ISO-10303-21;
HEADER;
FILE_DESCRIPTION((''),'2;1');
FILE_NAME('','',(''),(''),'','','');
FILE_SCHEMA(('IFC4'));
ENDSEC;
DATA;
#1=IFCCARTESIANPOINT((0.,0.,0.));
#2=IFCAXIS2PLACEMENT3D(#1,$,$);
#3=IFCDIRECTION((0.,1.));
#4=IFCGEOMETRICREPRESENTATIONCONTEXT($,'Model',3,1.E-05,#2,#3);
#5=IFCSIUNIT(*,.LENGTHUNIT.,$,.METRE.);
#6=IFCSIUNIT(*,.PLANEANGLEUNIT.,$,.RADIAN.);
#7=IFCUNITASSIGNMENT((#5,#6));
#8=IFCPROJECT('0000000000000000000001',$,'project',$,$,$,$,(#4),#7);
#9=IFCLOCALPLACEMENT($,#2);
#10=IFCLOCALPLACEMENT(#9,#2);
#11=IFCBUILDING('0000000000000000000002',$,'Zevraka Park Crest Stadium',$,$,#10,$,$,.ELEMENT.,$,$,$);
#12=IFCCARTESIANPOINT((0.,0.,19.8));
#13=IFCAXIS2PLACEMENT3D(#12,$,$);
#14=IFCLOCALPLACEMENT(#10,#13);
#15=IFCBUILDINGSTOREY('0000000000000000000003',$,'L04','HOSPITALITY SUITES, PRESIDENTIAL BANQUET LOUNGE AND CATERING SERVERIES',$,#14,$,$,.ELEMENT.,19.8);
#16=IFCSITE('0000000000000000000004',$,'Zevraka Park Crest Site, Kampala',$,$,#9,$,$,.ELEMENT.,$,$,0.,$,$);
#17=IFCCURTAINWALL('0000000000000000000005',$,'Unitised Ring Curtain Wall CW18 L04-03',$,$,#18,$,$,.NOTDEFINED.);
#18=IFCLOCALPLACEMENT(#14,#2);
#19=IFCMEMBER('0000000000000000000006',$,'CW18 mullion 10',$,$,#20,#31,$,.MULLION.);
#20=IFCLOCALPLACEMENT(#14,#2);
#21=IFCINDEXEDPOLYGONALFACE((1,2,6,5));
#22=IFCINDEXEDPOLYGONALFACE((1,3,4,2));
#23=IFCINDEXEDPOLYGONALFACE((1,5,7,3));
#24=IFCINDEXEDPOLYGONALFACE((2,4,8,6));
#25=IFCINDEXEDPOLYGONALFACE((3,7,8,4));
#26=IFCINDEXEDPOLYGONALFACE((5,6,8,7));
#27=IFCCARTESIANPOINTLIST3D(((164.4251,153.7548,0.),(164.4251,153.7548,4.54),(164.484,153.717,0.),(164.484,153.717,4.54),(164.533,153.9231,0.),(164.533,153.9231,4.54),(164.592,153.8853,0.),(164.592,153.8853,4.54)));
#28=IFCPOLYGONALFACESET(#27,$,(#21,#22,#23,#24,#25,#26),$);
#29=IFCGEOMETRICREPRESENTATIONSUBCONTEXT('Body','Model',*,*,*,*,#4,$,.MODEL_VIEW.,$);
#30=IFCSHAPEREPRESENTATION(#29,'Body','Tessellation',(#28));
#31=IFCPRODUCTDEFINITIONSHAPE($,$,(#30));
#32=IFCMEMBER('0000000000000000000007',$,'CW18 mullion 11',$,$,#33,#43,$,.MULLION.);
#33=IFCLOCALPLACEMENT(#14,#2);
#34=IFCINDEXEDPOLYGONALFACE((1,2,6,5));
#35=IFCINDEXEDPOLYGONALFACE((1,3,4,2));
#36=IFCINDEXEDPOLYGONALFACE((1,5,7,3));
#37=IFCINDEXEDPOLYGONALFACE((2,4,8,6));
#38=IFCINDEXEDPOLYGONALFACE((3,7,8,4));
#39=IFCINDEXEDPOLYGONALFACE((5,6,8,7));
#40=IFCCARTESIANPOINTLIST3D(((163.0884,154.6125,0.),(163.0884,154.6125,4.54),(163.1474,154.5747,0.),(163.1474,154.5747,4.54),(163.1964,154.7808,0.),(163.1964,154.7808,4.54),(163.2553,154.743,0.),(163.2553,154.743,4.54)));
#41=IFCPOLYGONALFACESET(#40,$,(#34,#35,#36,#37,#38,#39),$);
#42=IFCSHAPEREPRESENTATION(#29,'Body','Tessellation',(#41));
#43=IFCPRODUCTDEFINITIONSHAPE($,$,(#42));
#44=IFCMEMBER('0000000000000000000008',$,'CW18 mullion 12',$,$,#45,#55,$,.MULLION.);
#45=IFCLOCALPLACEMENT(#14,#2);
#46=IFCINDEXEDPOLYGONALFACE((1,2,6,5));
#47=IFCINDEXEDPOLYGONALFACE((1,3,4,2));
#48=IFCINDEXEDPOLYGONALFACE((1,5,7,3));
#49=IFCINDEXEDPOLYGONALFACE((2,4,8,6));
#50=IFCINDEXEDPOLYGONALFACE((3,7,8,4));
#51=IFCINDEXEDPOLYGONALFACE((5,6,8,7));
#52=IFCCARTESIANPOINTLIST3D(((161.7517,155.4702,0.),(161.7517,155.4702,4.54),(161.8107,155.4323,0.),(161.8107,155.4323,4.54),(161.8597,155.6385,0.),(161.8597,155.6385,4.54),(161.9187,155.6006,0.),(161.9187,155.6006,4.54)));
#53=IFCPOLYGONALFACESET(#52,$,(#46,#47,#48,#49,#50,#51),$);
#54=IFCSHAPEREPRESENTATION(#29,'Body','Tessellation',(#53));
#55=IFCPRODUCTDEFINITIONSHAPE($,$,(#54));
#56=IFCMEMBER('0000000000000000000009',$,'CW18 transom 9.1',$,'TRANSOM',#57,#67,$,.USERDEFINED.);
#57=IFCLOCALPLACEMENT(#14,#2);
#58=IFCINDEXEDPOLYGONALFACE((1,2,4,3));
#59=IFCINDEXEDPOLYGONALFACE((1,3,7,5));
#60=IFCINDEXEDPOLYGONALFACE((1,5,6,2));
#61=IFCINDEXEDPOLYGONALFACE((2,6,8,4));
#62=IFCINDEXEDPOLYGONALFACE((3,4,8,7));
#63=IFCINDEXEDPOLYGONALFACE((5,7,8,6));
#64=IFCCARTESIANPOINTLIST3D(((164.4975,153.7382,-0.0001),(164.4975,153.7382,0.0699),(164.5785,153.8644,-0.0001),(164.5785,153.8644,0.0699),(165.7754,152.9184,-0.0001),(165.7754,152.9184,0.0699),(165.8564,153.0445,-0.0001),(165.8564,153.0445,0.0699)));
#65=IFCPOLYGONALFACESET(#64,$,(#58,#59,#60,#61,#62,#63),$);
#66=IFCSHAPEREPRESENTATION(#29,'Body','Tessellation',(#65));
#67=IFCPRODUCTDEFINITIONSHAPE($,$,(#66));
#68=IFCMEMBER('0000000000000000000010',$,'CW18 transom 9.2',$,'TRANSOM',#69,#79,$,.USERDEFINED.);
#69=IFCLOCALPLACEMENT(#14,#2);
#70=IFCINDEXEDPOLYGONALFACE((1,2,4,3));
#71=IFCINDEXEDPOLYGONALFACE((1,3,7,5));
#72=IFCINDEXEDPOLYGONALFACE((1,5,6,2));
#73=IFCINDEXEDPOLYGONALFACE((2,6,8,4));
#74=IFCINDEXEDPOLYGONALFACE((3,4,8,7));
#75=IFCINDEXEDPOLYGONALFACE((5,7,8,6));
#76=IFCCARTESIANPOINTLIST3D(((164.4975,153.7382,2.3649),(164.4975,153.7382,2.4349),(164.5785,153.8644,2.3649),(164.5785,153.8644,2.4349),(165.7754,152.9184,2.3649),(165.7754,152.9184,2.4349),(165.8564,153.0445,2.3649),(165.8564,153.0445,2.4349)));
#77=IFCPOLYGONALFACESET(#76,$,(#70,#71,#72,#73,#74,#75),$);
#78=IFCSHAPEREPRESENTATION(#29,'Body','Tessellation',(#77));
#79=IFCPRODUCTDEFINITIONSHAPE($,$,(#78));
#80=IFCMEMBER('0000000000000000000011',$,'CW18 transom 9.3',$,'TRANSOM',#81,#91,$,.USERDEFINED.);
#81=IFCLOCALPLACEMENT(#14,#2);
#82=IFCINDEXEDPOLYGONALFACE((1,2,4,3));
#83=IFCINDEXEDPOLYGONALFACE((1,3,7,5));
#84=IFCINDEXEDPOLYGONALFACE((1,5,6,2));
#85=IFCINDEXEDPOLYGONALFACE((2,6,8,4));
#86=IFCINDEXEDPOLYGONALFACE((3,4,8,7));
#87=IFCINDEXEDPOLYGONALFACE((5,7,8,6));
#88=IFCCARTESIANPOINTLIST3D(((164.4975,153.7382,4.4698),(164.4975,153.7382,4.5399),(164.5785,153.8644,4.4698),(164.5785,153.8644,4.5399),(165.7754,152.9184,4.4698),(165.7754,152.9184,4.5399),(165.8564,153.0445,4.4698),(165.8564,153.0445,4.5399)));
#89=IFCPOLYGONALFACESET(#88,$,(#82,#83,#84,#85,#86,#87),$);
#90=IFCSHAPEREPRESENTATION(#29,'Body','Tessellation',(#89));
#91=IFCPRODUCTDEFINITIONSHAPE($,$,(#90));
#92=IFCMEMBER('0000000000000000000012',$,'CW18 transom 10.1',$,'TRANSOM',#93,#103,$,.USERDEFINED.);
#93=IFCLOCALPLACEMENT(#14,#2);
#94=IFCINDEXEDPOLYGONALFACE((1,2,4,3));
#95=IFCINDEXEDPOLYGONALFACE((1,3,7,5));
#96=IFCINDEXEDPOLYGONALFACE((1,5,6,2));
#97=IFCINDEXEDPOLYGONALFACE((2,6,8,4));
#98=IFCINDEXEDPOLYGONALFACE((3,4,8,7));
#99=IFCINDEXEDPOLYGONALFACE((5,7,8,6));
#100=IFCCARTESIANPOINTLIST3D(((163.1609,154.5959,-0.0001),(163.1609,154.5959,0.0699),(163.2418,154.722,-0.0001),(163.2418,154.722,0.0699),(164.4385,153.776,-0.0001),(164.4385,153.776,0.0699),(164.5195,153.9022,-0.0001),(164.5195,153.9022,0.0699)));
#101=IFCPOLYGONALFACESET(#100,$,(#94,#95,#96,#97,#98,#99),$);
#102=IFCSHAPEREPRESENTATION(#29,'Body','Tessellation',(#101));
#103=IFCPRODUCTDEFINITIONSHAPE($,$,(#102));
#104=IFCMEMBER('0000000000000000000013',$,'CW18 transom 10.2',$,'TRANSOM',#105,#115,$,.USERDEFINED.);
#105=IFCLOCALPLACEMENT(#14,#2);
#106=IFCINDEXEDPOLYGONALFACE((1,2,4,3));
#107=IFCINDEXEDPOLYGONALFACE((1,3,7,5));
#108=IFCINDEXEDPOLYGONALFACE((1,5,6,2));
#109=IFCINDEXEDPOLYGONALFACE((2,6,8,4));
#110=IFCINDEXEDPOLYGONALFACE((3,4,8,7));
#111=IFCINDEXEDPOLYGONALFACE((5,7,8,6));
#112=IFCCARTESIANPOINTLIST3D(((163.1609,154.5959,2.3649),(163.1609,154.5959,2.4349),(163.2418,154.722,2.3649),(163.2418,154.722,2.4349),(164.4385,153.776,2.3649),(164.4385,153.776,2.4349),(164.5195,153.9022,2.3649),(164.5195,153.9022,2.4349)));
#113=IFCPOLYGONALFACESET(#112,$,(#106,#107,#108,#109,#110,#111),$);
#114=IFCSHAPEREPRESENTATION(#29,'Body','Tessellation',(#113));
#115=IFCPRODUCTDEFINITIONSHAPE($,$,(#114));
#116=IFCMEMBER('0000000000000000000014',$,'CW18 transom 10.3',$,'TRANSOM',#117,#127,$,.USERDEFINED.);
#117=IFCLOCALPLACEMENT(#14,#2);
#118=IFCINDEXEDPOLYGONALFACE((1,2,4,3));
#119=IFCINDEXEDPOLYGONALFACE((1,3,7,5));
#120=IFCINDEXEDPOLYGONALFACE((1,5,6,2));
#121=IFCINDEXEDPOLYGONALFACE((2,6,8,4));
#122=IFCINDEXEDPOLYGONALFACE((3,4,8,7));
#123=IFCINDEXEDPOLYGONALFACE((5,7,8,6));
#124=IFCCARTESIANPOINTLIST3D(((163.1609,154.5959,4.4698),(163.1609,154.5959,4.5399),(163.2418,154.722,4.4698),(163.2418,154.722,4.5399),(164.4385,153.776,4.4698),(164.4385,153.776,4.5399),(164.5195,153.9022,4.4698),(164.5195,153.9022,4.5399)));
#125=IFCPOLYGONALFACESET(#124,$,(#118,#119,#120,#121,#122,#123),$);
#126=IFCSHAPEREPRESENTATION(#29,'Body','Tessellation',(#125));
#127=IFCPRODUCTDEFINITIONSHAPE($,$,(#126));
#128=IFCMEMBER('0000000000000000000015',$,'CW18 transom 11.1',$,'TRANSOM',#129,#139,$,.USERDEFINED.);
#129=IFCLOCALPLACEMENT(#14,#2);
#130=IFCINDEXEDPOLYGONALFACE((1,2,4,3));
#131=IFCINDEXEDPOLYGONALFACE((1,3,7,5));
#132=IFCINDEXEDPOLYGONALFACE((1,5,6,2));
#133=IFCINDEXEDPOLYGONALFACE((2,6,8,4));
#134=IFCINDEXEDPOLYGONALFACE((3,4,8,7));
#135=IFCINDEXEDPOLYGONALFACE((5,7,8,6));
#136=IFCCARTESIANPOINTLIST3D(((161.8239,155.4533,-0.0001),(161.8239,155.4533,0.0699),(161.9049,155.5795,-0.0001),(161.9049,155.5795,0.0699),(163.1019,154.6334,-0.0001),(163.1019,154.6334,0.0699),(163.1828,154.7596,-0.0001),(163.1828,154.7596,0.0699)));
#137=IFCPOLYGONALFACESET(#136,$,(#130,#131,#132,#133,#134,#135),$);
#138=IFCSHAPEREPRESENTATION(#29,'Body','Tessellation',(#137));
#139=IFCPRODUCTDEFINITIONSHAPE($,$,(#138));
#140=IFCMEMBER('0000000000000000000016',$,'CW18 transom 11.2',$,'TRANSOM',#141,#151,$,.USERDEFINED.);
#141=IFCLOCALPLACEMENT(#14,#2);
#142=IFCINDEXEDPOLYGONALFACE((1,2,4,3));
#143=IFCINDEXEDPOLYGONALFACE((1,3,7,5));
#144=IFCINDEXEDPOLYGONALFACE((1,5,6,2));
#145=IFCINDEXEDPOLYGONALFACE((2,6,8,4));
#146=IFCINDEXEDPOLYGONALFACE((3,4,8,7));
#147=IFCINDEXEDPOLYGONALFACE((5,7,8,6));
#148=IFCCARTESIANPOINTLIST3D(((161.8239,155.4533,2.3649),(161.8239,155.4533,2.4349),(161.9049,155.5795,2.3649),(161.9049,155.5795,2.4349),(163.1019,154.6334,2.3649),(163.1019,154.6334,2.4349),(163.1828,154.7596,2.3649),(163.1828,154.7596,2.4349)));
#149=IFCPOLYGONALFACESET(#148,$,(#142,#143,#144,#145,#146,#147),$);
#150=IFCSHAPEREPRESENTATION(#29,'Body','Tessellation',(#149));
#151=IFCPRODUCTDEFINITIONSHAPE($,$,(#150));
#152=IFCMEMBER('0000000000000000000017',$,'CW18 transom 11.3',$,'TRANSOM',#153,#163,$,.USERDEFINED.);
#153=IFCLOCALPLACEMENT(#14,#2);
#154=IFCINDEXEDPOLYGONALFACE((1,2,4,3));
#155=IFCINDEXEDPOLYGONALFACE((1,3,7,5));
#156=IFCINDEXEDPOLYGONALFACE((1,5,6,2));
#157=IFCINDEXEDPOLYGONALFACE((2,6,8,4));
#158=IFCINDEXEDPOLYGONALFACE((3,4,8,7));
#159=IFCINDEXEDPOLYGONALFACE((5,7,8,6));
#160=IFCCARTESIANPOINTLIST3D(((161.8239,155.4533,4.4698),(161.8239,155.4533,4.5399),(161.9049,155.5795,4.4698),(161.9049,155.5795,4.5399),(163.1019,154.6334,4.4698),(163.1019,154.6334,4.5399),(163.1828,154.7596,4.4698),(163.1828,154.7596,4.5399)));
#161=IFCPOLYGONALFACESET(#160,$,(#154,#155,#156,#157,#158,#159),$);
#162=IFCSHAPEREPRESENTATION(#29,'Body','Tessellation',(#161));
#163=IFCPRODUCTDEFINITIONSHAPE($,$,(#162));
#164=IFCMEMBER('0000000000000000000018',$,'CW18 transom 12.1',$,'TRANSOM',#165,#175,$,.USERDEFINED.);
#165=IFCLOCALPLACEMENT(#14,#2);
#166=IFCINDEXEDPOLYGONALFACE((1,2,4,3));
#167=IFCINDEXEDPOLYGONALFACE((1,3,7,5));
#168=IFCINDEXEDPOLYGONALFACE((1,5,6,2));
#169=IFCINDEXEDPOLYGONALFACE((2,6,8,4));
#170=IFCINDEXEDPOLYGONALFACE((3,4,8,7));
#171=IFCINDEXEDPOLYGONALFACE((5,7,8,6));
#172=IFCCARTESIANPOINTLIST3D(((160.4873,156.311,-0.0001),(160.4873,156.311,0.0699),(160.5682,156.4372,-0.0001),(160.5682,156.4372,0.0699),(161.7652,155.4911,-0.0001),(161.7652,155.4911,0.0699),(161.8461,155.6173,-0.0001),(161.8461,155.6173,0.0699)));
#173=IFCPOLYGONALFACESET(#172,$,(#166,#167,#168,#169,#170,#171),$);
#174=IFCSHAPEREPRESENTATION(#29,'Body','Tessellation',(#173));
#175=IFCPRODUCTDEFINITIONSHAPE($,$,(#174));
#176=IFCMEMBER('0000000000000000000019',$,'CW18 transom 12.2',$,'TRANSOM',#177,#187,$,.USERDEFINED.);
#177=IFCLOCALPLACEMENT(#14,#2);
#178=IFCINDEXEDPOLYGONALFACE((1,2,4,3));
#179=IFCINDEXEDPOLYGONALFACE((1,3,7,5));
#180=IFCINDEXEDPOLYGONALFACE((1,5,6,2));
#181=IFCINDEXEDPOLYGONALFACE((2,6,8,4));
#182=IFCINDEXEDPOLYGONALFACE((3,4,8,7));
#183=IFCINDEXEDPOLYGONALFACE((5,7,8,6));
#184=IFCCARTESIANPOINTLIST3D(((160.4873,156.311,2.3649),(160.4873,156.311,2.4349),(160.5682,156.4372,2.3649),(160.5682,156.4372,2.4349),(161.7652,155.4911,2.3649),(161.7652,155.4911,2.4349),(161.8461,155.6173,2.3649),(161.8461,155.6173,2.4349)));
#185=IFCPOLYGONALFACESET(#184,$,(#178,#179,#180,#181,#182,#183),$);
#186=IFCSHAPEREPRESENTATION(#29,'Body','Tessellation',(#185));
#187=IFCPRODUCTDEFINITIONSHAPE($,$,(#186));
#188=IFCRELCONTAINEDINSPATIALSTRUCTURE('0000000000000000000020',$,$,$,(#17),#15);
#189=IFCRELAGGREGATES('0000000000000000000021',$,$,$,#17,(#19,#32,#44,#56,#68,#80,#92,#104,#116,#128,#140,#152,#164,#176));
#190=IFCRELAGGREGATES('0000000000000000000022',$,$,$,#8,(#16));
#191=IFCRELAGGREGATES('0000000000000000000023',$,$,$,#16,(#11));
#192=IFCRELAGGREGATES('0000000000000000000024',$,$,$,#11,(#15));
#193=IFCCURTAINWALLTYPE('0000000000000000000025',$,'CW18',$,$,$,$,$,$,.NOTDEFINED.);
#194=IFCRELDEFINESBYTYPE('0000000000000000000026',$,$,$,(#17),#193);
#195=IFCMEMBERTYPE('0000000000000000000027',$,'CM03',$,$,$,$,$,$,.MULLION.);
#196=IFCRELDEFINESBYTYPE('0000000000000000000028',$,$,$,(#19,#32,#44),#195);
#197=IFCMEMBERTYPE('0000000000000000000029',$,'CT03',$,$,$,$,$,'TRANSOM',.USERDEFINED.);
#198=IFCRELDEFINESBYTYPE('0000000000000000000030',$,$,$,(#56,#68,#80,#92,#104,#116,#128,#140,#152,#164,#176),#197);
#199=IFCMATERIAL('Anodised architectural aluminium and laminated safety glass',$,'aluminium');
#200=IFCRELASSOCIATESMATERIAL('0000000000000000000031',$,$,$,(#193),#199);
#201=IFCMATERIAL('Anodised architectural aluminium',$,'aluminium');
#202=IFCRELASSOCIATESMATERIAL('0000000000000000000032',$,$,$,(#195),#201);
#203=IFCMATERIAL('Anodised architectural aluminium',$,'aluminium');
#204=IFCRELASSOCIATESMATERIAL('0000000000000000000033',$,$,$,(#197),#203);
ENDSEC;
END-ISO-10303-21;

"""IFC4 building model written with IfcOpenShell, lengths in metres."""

from ifc_helpers import new_model, si_unit, direction, frame, origin, origin_2d, place, context, subcontext, project, spatial, rectangle, extrude, material, material_profile, profile_set, type_object, element, aggregate, save


model = new_model("IFC4")

# Units and contexts
model_context = context("Model", 3, precision=1e-05, world=origin(), true_north=direction((0.0, 1.0)))
body_context = subcontext(model_context, "Body", "Model", "MODEL_VIEW")
ifc_project = project(units=[si_unit("LENGTHUNIT", "METRE"), si_unit("PLANEANGLEUNIT", "RADIAN")], contexts=[model_context])

# Site, building, storey
site_placement = place(None, origin())
site = spatial("IfcSite", under=ifc_project, at=site_placement, Name="Zevraka Park Crest Site, Kampala", CompositionType="ELEMENT", RefElevation=0.0)
building_placement = place(site_placement, origin())
building = spatial("IfcBuilding", under=site, at=building_placement, Name="Zevraka Park Crest Stadium", CompositionType="ELEMENT")
storey_placement = place(building_placement, frame((0.0, 0.0, 19.8)))
storey = spatial("IfcBuildingStorey", under=building, at=storey_placement, Name="L04", Description="HOSPITALITY SUITES, PRESIDENTIAL BANQUET LOUNGE AND CATERING SERVERIES", CompositionType="ELEMENT", Elevation=19.8)

# Curtain wall, members
ifc_material_1 = material(Name="Anodised architectural aluminium and laminated safety glass", Category="aluminium")
curtain_wall_type = type_object("IfcCurtainWallType", Name="CW18", PredefinedType="NOTDEFINED", material=ifc_material_1)
curtain_wall_placement = place(storey_placement, origin())
curtain_wall = element("IfcCurtainWall", 1, at=curtain_wall_placement, inside=storey, type_object=curtain_wall_type, Name="Unitised Ring Curtain Wall CW18 L04-03", PredefinedType="NOTDEFINED")
ifc_material_2 = material(Name="Anodised architectural aluminium", Category="aluminium")
ifc_material_profile_1 = material_profile(ifc_material_2, rectangle(XDim=0.2, YDim=0.0701, at=origin_2d()), Name="ALU MULLION 200x70")
ifc_profile_set_1 = profile_set([ifc_material_profile_1], Name="Anodised architectural aluminium")
member_type_1 = type_object("IfcMemberType", Name="CM03", PredefinedType="MULLION", material=ifc_profile_set_1)
member_1_placement = place(storey_placement, frame((164.5085, 153.8201, 0.0), z_axis=(0.0, 0.0, 1.0), x_axis=(-0.53998, -0.841678, 0.0)))
member_1 = element("IfcMember", 2, at=member_1_placement, type_object=member_type_1, Name="CW18 mullion 10", PredefinedType="MULLION", context=body_context, shape_type="SweptSolid", body=[
    extrude(rectangle(XDim=0.2, YDim=0.0701, at=origin_2d()), origin(), (0.0, 0.0, 1.0), 4.54),
])
member_2_placement = place(storey_placement, frame((163.1719, 154.6777, 0.0), z_axis=(0.0, 0.0, 1.0), x_axis=(-0.53998, -0.841678, 0.0)))
member_2 = element("IfcMember", 3, at=member_2_placement, type_object=member_type_1, Name="CW18 mullion 11", PredefinedType="MULLION", context=body_context, shape_type="SweptSolid", body=[
    extrude(rectangle(XDim=0.2, YDim=0.0701, at=origin_2d()), origin(), (0.0, 0.0, 1.0), 4.54),
])
member_3_placement = place(storey_placement, frame((161.8352, 155.5354, 0.0), z_axis=(0.0, 0.0, 1.0), x_axis=(-0.53998, -0.841678, 0.0)))
member_3 = element("IfcMember", 4, at=member_3_placement, type_object=member_type_1, Name="CW18 mullion 12", PredefinedType="MULLION", context=body_context, shape_type="SweptSolid", body=[
    extrude(rectangle(XDim=0.2, YDim=0.0701, at=origin_2d()), origin(), (0.0, 0.0, 1.0), 4.54),
])
ifc_material_3 = material(Name="Anodised architectural aluminium", Category="aluminium")
ifc_material_profile_2 = material_profile(ifc_material_3, rectangle(XDim=0.1499, YDim=0.0701, at=origin_2d()), Name="ALU TRANSOM 150x70")
ifc_profile_set_2 = profile_set([ifc_material_profile_2], Name="Anodised architectural aluminium")
member_type_2 = type_object("IfcMemberType", Name="CT03", ElementType="TRANSOM", PredefinedType="USERDEFINED", material=ifc_profile_set_2)
member_4_placement = place(storey_placement, frame((165.8159, 152.9814, 0.0349), z_axis=(-0.841669, 0.539993, 0.0), x_axis=(-0.539993, -0.841669, 0.0)))
member_4 = element("IfcMember", 5, at=member_4_placement, type_object=member_type_2, Name="CW18 transom 9.1", ObjectType="TRANSOM", PredefinedType="USERDEFINED", context=body_context, shape_type="SweptSolid", body=[
    extrude(rectangle(XDim=0.1499, YDim=0.0701, at=origin_2d()), origin(), (0.0, 0.0, 1.0), 1.5183),
])
member_5_placement = place(storey_placement, frame((165.8159, 152.9814, 2.3999), z_axis=(-0.841669, 0.539993, 0.0), x_axis=(-0.539993, -0.841669, 0.0)))
member_5 = element("IfcMember", 6, at=member_5_placement, type_object=member_type_2, Name="CW18 transom 9.2", ObjectType="TRANSOM", PredefinedType="USERDEFINED", context=body_context, shape_type="SweptSolid", body=[
    extrude(rectangle(XDim=0.1499, YDim=0.0701, at=origin_2d()), origin(), (0.0, 0.0, 1.0), 1.5183),
])
member_6_placement = place(storey_placement, frame((165.8159, 152.9814, 4.5049), z_axis=(-0.841669, 0.539993, 0.0), x_axis=(-0.539993, -0.841669, 0.0)))
member_6 = element("IfcMember", 7, at=member_6_placement, type_object=member_type_2, Name="CW18 transom 9.3", ObjectType="TRANSOM", PredefinedType="USERDEFINED", context=body_context, shape_type="SweptSolid", body=[
    extrude(rectangle(XDim=0.1499, YDim=0.0701, at=origin_2d()), origin(), (0.0, 0.0, 1.0), 1.5183),
])
member_7_placement = place(storey_placement, frame((164.479, 153.8391, 0.0349), z_axis=(-0.841622, 0.540066, 0.0), x_axis=(-0.540066, -0.841622, 0.0)))
member_7 = element("IfcMember", 8, at=member_7_placement, type_object=member_type_2, Name="CW18 transom 10.1", ObjectType="TRANSOM", PredefinedType="USERDEFINED", context=body_context, shape_type="SweptSolid", body=[
    extrude(rectangle(XDim=0.1499, YDim=0.0701, at=origin_2d()), origin(), (0.0, 0.0, 1.0), 1.5181),
])
member_8_placement = place(storey_placement, frame((164.479, 153.8391, 2.3999), z_axis=(-0.841622, 0.540066, 0.0), x_axis=(-0.540066, -0.841622, 0.0)))
member_8 = element("IfcMember", 9, at=member_8_placement, type_object=member_type_2, Name="CW18 transom 10.2", ObjectType="TRANSOM", PredefinedType="USERDEFINED", context=body_context, shape_type="SweptSolid", body=[
    extrude(rectangle(XDim=0.1499, YDim=0.0701, at=origin_2d()), origin(), (0.0, 0.0, 1.0), 1.5181),
])
member_9_placement = place(storey_placement, frame((164.479, 153.8391, 4.5049), z_axis=(-0.841622, 0.540066, 0.0), x_axis=(-0.540066, -0.841622, 0.0)))
member_9 = element("IfcMember", 10, at=member_9_placement, type_object=member_type_2, Name="CW18 transom 10.3", ObjectType="TRANSOM", PredefinedType="USERDEFINED", context=body_context, shape_type="SweptSolid", body=[
    extrude(rectangle(XDim=0.1499, YDim=0.0701, at=origin_2d()), origin(), (0.0, 0.0, 1.0), 1.5181),
])
member_10_placement = place(storey_placement, frame((163.1423, 154.6965, 0.0349), z_axis=(-0.841669, 0.539993, 0.0), x_axis=(-0.539993, -0.841669, 0.0)))
member_10 = element("IfcMember", 11, at=member_10_placement, type_object=member_type_2, Name="CW18 transom 11.1", ObjectType="TRANSOM", PredefinedType="USERDEFINED", context=body_context, shape_type="SweptSolid", body=[
    extrude(rectangle(XDim=0.1499, YDim=0.0701, at=origin_2d()), origin(), (0.0, 0.0, 1.0), 1.5183),
])
member_11_placement = place(storey_placement, frame((163.1423, 154.6965, 2.3999), z_axis=(-0.841669, 0.539993, 0.0), x_axis=(-0.539993, -0.841669, 0.0)))
member_11 = element("IfcMember", 12, at=member_11_placement, type_object=member_type_2, Name="CW18 transom 11.2", ObjectType="TRANSOM", PredefinedType="USERDEFINED", context=body_context, shape_type="SweptSolid", body=[
    extrude(rectangle(XDim=0.1499, YDim=0.0701, at=origin_2d()), origin(), (0.0, 0.0, 1.0), 1.5183),
])
member_12_placement = place(storey_placement, frame((163.1423, 154.6965, 4.5049), z_axis=(-0.841669, 0.539993, 0.0), x_axis=(-0.539993, -0.841669, 0.0)))
member_12 = element("IfcMember", 13, at=member_12_placement, type_object=member_type_2, Name="CW18 transom 11.3", ObjectType="TRANSOM", PredefinedType="USERDEFINED", context=body_context, shape_type="SweptSolid", body=[
    extrude(rectangle(XDim=0.1499, YDim=0.0701, at=origin_2d()), origin(), (0.0, 0.0, 1.0), 1.5183),
])
member_13_placement = place(storey_placement, frame((161.8057, 155.5542, 0.0349), z_axis=(-0.841669, 0.539993, 0.0), x_axis=(-0.539993, -0.841669, 0.0)))
member_13 = element("IfcMember", 14, at=member_13_placement, type_object=member_type_2, Name="CW18 transom 12.1", ObjectType="TRANSOM", PredefinedType="USERDEFINED", context=body_context, shape_type="SweptSolid", body=[
    extrude(rectangle(XDim=0.1499, YDim=0.0701, at=origin_2d()), origin(), (0.0, 0.0, 1.0), 1.5183),
])
member_14_placement = place(storey_placement, frame((161.8057, 155.5542, 2.3999), z_axis=(-0.841669, 0.539993, 0.0), x_axis=(-0.539993, -0.841669, 0.0)))
member_14 = element("IfcMember", 15, at=member_14_placement, type_object=member_type_2, Name="CW18 transom 12.2", ObjectType="TRANSOM", PredefinedType="USERDEFINED", context=body_context, shape_type="SweptSolid", body=[
    extrude(rectangle(XDim=0.1499, YDim=0.0701, at=origin_2d()), origin(), (0.0, 0.0, 1.0), 1.5183),
])
aggregate(curtain_wall, [member_1, member_2, member_3, member_4, member_5, member_6, member_7, member_8, member_9, member_10, member_11, member_12, member_13, member_14])

save(model, "model.ifc")
